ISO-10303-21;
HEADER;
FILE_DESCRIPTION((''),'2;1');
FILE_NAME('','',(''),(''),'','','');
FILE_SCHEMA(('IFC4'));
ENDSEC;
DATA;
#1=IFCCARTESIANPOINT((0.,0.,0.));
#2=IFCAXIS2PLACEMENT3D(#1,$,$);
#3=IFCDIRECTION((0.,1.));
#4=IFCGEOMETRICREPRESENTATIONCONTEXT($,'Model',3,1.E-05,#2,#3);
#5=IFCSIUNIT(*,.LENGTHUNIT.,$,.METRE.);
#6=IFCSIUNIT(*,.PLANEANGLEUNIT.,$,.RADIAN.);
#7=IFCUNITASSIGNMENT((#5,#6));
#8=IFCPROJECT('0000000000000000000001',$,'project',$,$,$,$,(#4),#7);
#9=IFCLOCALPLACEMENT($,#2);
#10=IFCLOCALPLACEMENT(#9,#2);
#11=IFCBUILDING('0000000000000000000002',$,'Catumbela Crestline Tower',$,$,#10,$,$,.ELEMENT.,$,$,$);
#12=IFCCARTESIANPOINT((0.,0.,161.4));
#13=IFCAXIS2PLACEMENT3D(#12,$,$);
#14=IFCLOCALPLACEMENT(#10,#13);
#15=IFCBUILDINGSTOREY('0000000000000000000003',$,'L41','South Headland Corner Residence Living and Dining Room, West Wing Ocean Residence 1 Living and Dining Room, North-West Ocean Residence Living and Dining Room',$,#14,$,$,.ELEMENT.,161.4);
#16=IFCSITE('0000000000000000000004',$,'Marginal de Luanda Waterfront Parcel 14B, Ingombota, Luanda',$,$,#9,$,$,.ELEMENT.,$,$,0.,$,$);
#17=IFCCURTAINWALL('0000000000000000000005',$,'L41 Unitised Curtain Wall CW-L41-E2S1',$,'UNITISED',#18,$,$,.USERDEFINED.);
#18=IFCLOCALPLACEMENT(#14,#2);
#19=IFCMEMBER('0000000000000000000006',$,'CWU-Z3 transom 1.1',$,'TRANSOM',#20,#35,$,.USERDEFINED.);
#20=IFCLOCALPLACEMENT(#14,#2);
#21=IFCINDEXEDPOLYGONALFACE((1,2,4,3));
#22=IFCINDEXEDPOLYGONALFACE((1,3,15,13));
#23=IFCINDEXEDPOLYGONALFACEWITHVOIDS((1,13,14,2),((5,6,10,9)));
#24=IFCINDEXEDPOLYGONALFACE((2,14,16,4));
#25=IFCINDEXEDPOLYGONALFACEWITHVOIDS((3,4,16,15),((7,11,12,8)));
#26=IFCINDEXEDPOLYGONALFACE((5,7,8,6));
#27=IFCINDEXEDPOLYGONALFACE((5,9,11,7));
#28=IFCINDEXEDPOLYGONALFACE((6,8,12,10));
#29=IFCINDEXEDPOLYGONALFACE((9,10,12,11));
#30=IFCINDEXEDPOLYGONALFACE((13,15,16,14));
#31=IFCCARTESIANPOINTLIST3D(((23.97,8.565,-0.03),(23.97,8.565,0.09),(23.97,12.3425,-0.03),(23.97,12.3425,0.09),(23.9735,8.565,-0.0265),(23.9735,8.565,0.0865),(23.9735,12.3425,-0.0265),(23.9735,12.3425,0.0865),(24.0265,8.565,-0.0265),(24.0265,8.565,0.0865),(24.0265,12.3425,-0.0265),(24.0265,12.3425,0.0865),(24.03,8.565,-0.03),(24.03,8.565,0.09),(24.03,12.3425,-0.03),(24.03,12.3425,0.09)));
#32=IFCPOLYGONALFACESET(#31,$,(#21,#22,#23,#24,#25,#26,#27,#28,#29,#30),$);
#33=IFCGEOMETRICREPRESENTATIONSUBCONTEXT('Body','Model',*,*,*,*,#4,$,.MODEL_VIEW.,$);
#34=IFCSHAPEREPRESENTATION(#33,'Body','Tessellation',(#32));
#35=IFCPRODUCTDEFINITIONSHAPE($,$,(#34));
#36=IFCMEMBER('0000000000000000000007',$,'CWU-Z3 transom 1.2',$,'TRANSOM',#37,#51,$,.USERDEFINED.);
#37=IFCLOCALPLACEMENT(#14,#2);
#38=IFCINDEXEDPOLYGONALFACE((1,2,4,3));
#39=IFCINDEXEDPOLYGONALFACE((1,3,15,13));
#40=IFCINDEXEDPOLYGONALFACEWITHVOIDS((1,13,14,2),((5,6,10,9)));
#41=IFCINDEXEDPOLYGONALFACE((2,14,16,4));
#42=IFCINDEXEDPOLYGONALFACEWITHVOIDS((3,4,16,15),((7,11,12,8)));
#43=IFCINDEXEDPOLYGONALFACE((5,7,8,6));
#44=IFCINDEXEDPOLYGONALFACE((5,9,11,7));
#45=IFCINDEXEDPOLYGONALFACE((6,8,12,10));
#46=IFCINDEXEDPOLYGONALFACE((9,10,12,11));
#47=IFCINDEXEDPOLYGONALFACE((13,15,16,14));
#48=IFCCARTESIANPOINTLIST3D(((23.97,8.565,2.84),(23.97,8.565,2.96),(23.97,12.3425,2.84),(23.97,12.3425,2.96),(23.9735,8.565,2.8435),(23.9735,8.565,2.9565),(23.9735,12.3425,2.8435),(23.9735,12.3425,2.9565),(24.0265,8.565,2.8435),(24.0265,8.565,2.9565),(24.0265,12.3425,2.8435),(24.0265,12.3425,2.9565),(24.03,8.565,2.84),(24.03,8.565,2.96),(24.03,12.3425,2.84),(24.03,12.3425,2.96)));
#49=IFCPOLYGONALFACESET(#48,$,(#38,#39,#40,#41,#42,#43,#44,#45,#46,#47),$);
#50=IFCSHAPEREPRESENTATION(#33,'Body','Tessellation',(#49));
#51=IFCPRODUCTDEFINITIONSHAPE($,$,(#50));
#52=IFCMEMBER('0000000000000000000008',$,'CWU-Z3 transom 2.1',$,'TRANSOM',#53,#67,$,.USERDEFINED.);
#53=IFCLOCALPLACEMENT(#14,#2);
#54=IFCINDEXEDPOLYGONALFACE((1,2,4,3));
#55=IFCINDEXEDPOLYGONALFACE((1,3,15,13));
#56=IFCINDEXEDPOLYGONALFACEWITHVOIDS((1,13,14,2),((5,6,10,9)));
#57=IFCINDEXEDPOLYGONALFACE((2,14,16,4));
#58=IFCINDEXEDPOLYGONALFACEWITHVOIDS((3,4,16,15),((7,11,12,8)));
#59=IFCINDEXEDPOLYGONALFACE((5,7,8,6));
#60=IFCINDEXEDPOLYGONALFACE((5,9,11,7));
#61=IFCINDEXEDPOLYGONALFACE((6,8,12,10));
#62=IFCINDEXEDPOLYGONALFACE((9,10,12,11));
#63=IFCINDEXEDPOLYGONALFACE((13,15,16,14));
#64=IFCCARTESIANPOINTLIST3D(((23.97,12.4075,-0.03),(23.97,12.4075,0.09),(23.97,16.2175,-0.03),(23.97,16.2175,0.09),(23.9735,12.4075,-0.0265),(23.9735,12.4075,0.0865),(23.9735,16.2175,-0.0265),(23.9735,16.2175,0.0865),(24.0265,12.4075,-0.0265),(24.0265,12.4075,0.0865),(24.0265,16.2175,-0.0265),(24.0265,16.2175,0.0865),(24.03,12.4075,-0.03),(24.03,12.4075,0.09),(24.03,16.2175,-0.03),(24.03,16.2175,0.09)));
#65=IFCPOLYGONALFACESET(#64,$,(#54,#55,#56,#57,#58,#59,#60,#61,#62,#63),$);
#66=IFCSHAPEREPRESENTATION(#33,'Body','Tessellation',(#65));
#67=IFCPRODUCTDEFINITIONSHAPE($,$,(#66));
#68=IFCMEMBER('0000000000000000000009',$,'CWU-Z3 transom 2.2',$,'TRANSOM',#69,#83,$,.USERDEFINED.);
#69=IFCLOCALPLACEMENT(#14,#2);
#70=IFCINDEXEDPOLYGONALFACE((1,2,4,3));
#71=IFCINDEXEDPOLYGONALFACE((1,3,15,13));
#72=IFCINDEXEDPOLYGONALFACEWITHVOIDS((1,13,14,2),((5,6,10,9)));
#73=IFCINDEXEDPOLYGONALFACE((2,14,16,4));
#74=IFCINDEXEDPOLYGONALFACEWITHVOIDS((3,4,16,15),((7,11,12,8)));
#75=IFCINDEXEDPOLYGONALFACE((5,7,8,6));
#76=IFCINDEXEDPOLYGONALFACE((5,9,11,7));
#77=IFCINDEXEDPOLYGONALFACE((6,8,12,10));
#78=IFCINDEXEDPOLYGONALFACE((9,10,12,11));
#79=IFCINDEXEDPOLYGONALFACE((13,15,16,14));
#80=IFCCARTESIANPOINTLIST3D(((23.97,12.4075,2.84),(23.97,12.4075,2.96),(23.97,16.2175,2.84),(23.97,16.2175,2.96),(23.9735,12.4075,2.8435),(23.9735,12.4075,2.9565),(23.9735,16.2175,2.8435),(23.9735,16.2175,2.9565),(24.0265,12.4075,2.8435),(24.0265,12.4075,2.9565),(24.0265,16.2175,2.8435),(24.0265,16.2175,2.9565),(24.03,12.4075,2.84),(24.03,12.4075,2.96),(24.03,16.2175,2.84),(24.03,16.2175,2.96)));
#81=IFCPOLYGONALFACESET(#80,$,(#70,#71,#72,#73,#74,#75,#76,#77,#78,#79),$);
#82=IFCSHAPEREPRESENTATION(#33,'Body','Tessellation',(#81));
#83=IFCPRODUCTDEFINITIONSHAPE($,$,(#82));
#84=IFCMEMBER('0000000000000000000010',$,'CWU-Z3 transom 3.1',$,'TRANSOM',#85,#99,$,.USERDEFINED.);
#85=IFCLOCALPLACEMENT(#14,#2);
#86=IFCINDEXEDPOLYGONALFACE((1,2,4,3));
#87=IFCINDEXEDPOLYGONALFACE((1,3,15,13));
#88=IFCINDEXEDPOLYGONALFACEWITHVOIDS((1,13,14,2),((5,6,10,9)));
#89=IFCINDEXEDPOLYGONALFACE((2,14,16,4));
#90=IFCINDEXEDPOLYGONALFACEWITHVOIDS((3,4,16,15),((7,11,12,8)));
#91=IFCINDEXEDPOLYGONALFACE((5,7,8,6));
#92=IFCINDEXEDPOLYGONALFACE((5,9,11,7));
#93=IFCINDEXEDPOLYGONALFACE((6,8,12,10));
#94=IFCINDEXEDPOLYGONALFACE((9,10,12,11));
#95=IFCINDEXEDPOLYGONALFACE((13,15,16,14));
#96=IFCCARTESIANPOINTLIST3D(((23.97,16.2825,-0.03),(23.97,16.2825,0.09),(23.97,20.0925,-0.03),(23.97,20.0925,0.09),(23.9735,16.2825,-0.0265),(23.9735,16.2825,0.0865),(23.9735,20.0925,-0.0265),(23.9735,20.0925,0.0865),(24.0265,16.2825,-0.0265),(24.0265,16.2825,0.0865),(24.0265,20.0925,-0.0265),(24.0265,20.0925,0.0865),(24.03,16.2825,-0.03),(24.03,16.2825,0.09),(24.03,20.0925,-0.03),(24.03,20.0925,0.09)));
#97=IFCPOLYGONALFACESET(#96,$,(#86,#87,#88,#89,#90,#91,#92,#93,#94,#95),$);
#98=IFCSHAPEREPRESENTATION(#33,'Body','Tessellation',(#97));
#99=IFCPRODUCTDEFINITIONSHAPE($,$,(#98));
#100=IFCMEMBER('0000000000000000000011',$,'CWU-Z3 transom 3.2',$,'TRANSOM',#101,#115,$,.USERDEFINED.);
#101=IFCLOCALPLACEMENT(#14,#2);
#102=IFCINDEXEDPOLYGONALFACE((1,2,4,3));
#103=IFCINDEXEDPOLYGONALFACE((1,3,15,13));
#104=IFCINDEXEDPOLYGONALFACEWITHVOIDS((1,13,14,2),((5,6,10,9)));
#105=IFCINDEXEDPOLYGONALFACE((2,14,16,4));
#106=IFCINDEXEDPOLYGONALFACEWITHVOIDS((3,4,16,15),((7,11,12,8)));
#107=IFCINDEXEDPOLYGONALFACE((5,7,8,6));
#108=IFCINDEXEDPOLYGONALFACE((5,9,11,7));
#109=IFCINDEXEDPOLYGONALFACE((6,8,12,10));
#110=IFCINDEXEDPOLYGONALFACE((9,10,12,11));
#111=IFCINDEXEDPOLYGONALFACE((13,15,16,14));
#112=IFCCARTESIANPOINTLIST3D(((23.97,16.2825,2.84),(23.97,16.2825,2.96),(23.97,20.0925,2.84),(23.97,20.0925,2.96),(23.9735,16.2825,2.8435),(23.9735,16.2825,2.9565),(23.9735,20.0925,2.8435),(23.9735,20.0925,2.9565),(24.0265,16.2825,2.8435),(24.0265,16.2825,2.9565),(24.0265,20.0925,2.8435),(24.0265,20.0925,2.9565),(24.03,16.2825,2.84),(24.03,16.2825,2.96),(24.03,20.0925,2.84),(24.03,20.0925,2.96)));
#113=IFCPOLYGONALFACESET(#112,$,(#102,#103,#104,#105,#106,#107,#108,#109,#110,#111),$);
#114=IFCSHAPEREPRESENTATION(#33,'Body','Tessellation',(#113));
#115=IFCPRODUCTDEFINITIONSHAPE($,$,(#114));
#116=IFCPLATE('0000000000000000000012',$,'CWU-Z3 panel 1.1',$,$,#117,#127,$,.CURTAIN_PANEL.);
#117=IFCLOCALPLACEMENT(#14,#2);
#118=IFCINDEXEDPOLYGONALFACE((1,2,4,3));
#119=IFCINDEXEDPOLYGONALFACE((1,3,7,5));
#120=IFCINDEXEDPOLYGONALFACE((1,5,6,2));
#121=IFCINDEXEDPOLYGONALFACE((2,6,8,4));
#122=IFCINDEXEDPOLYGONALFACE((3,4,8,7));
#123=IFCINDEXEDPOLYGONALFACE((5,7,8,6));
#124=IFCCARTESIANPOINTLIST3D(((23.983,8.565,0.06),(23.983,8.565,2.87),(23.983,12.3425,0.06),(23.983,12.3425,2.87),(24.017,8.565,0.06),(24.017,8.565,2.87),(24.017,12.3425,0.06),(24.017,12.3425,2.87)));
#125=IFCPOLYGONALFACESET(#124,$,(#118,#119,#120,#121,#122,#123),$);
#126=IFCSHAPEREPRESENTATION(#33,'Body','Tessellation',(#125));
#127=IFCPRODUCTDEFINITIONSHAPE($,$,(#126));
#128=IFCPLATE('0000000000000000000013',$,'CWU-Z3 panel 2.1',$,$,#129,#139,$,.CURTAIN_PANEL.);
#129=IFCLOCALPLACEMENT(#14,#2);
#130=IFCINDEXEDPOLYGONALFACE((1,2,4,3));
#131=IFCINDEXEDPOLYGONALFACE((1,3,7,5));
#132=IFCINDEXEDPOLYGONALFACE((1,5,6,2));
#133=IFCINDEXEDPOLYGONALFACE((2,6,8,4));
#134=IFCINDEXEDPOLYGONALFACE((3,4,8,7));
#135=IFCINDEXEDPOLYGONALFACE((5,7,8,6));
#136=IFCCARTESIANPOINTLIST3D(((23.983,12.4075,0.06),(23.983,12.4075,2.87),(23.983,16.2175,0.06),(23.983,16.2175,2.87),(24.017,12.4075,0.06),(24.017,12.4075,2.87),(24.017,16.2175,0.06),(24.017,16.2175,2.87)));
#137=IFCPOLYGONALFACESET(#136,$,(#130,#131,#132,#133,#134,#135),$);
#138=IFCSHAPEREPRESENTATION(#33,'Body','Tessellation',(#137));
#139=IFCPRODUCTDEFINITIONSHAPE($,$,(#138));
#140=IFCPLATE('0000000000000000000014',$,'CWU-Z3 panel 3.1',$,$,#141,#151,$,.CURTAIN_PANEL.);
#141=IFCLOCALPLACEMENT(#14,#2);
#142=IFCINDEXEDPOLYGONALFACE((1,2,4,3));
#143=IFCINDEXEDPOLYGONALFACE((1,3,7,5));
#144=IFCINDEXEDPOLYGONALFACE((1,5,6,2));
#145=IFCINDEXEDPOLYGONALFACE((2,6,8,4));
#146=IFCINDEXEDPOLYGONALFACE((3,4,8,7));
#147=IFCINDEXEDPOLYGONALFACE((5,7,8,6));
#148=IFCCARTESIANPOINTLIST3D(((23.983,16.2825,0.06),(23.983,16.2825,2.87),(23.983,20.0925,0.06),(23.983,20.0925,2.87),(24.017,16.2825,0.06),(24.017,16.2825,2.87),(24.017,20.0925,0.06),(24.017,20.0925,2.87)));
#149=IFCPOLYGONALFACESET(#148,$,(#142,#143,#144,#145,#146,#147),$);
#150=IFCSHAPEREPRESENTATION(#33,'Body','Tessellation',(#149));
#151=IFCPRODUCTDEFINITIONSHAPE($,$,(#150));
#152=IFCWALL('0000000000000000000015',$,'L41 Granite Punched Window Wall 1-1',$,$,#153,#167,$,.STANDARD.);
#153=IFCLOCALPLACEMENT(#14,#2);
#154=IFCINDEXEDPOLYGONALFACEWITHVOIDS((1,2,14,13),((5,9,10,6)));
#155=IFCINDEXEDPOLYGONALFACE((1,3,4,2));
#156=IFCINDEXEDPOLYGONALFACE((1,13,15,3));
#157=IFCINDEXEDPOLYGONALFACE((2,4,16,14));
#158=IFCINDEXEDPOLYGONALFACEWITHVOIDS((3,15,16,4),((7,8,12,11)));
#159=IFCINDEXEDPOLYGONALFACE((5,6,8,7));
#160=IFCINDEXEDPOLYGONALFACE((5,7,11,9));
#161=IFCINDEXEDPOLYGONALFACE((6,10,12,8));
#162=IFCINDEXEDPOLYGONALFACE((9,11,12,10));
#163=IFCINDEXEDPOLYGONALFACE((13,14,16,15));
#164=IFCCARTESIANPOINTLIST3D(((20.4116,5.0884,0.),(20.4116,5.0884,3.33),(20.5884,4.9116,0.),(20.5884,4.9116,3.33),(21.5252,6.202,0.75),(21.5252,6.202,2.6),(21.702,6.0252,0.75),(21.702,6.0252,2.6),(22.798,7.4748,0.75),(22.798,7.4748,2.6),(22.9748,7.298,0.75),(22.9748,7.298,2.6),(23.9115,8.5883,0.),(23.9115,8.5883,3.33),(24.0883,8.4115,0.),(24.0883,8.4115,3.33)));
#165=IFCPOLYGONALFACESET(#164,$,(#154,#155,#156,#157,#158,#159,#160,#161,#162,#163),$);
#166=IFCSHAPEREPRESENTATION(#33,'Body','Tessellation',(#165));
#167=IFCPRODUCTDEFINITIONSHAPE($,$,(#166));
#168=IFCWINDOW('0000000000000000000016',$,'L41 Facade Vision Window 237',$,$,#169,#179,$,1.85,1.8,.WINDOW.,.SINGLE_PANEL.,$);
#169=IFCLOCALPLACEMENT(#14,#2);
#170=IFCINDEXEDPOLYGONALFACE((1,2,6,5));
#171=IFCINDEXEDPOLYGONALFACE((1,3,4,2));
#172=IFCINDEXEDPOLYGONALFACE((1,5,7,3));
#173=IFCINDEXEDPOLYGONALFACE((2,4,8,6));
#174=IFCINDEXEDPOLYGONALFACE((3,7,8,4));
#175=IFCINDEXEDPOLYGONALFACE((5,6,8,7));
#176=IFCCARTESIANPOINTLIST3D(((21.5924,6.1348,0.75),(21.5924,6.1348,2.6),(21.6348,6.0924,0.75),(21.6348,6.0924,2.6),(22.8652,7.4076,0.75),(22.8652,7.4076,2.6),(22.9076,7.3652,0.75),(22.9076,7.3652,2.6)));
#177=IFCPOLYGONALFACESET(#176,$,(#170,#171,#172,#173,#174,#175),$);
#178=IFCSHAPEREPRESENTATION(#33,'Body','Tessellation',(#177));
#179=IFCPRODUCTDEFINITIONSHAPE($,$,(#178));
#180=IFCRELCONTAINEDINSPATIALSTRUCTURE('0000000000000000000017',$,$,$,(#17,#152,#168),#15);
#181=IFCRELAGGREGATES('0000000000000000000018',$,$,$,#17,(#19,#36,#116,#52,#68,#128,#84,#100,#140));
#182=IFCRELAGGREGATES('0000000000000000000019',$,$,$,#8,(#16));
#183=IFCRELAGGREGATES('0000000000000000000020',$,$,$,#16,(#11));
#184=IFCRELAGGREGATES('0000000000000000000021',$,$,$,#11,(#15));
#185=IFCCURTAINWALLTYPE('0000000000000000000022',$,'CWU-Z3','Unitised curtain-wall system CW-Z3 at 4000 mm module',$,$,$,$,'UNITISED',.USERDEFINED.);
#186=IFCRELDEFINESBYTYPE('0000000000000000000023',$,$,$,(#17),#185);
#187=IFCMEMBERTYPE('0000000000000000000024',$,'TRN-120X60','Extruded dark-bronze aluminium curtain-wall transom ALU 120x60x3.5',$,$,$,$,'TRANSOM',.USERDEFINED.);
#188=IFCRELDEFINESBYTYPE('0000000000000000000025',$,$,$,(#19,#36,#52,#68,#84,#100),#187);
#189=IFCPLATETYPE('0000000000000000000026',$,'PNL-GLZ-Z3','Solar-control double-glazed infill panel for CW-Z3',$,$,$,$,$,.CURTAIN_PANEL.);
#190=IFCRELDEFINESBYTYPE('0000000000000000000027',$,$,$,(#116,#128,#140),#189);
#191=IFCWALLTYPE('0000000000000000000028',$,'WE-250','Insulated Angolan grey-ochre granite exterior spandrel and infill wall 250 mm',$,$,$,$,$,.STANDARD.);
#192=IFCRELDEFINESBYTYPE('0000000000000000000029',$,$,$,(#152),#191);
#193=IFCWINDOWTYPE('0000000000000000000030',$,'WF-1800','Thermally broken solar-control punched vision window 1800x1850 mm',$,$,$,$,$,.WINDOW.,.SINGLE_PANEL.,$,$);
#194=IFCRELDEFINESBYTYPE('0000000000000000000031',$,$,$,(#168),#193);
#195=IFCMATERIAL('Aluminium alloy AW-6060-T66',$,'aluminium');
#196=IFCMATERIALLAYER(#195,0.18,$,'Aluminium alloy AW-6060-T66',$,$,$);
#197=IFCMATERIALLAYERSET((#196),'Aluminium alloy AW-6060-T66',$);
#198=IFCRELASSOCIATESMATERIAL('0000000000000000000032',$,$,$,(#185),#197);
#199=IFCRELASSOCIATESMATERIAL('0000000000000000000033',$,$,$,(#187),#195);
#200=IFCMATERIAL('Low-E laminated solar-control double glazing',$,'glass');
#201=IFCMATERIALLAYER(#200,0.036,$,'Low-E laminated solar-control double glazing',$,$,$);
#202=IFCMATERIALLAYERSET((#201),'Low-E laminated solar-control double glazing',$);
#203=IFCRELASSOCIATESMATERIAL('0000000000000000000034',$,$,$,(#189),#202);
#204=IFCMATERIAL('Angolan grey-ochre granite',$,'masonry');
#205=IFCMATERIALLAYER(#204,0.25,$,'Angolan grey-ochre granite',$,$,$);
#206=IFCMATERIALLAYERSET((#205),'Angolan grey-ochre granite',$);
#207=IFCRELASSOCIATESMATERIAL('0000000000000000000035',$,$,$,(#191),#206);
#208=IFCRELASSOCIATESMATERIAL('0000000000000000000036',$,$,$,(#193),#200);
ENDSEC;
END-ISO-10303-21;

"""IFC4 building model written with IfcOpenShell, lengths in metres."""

from ifc_helpers import new_model, si_unit, direction, frame, frame_2d, origin, origin_2d, place, context, subcontext, project, spatial, rectangle, hollow_rectangle, extrude, material, layer, layer_set, material_profile, profile_set, type_object, element, fill, aggregate, save


model = new_model("IFC4")

# Units and contexts
model_context = context("Model", 3, precision=1e-05, world=origin(), true_north=direction((0.0, 1.0)))
body_context = subcontext(model_context, "Body", "Model", "MODEL_VIEW")
ifc_project = project(units=[si_unit("LENGTHUNIT", "METRE"), si_unit("PLANEANGLEUNIT", "RADIAN")], contexts=[model_context])

# Site, building, storey
site_placement = place(None, origin())
site = spatial("IfcSite", under=ifc_project, at=site_placement, Name="Marginal de Luanda Waterfront Parcel 14B, Ingombota, Luanda", CompositionType="ELEMENT", RefElevation=0.0)
building_placement = place(site_placement, origin())
building = spatial("IfcBuilding", under=site, at=building_placement, Name="Catumbela Crestline Tower", CompositionType="ELEMENT")
storey_placement = place(building_placement, frame((0.0, 0.0, 161.4)))
storey = spatial("IfcBuildingStorey", under=building, at=storey_placement, Name="L41", Description="South Headland Corner Residence Living and Dining Room, West Wing Ocean Residence 1 Living and Dining Room, North-West Ocean Residence Living and Dining Room", CompositionType="ELEMENT", Elevation=161.4)

# Curtain wall
ifc_material_1 = material(Name="Aluminium alloy AW-6060-T66", Category="aluminium")
ifc_layer_1 = layer(ifc_material_1, 0.18, Name="Aluminium alloy AW-6060-T66")
ifc_layer_set_1 = layer_set([ifc_layer_1], Name="Aluminium alloy AW-6060-T66")
curtain_wall_type = type_object("IfcCurtainWallType", Name="CWU-Z3", Description="Unitised curtain-wall system CW-Z3 at 4000 mm module", ElementType="UNITISED", PredefinedType="USERDEFINED", material=ifc_layer_set_1)
curtain_wall_placement = place(storey_placement, origin())
curtain_wall = element("IfcCurtainWall", 1, at=curtain_wall_placement, inside=storey, type_object=curtain_wall_type, Name="L41 Unitised Curtain Wall CW-L41-E2S1", ObjectType="UNITISED", PredefinedType="USERDEFINED")

# Members
ifc_material_profile_1 = material_profile(ifc_material_1, hollow_rectangle(XDim=0.06, YDim=0.12, WallThickness=0.0035, at=origin_2d()), Name="ALU 120x60x3.5")
ifc_profile_set_1 = profile_set([ifc_material_profile_1], Name="Aluminium alloy AW-6060-T66")
member_type_1 = type_object("IfcMemberType", Name="TRN-120X60", Description="Extruded dark-bronze aluminium curtain-wall transom ALU 120x60x3.5", ElementType="TRANSOM", PredefinedType="USERDEFINED", material=ifc_profile_set_1)
member_1_placement = place(storey_placement, frame((24.0, 8.565, 0.03), z_axis=(0.0, 1.0, 0.0), x_axis=(-1.0, 0.0, 0.0)))
member_1 = element("IfcMember", 2, at=member_1_placement, type_object=member_type_1, Name="CWU-Z3 transom 1.1", ObjectType="TRANSOM", PredefinedType="USERDEFINED", context=body_context, shape_type="SweptSolid", body=[
    extrude(hollow_rectangle(XDim=0.06, YDim=0.12, WallThickness=0.0035, at=origin_2d()), origin(), (0.0, 0.0, 1.0), 3.7775),
])
member_2_placement = place(storey_placement, frame((24.0, 8.565, 2.9), z_axis=(0.0, 1.0, 0.0), x_axis=(-1.0, 0.0, 0.0)))
member_2 = element("IfcMember", 3, at=member_2_placement, type_object=member_type_1, Name="CWU-Z3 transom 1.2", ObjectType="TRANSOM", PredefinedType="USERDEFINED", context=body_context, shape_type="SweptSolid", body=[
    extrude(hollow_rectangle(XDim=0.06, YDim=0.12, WallThickness=0.0035, at=origin_2d()), origin(), (0.0, 0.0, 1.0), 3.7775),
])
member_3_placement = place(storey_placement, frame((24.0, 12.4075, 0.03), z_axis=(0.0, 1.0, 0.0), x_axis=(-1.0, 0.0, 0.0)))
member_3 = element("IfcMember", 4, at=member_3_placement, type_object=member_type_1, Name="CWU-Z3 transom 2.1", ObjectType="TRANSOM", PredefinedType="USERDEFINED", context=body_context, shape_type="SweptSolid", body=[
    extrude(hollow_rectangle(XDim=0.06, YDim=0.12, WallThickness=0.0035, at=origin_2d()), origin(), (0.0, 0.0, 1.0), 3.81),
])
member_4_placement = place(storey_placement, frame((24.0, 12.4075, 2.9), z_axis=(0.0, 1.0, 0.0), x_axis=(-1.0, 0.0, 0.0)))
member_4 = element("IfcMember", 5, at=member_4_placement, type_object=member_type_1, Name="CWU-Z3 transom 2.2", ObjectType="TRANSOM", PredefinedType="USERDEFINED", context=body_context, shape_type="SweptSolid", body=[
    extrude(hollow_rectangle(XDim=0.06, YDim=0.12, WallThickness=0.0035, at=origin_2d()), origin(), (0.0, 0.0, 1.0), 3.81),
])
member_5_placement = place(storey_placement, frame((24.0, 16.2825, 0.03), z_axis=(0.0, 1.0, 0.0), x_axis=(-1.0, 0.0, 0.0)))
member_5 = element("IfcMember", 6, at=member_5_placement, type_object=member_type_1, Name="CWU-Z3 transom 3.1", ObjectType="TRANSOM", PredefinedType="USERDEFINED", context=body_context, shape_type="SweptSolid", body=[
    extrude(hollow_rectangle(XDim=0.06, YDim=0.12, WallThickness=0.0035, at=origin_2d()), origin(), (0.0, 0.0, 1.0), 3.81),
])
member_6_placement = place(storey_placement, frame((24.0, 16.2825, 2.9), z_axis=(0.0, 1.0, 0.0), x_axis=(-1.0, 0.0, 0.0)))
member_6 = element("IfcMember", 7, at=member_6_placement, type_object=member_type_1, Name="CWU-Z3 transom 3.2", ObjectType="TRANSOM", PredefinedType="USERDEFINED", context=body_context, shape_type="SweptSolid", body=[
    extrude(hollow_rectangle(XDim=0.06, YDim=0.12, WallThickness=0.0035, at=origin_2d()), origin(), (0.0, 0.0, 1.0), 3.81),
])

# Plates
ifc_material_2 = material(Name="Low-E laminated solar-control double glazing", Category="glass")
ifc_layer_2 = layer(ifc_material_2, 0.036, Name="Low-E laminated solar-control double glazing")
ifc_layer_set_2 = layer_set([ifc_layer_2], Name="Low-E laminated solar-control double glazing")
plate_type = type_object("IfcPlateType", Name="PNL-GLZ-Z3", Description="Solar-control double-glazed infill panel for CW-Z3", PredefinedType="CURTAIN_PANEL", material=ifc_layer_set_2)
plate_1_placement = place(storey_placement, frame((24.0, 10.4538, 0.06), z_axis=(0.0, 0.0, 1.0), x_axis=(0.0, 1.0, 0.0)))
plate_1 = element("IfcPlate", 8, at=plate_1_placement, type_object=plate_type, Name="CWU-Z3 panel 1.1", PredefinedType="CURTAIN_PANEL", context=body_context, shape_type="SweptSolid", body=[
    extrude(rectangle(XDim=3.7775, YDim=0.034, at=origin_2d()), origin(), (0.0, 0.0, 1.0), 2.81),
])
plate_2_placement = place(storey_placement, frame((24.0, 14.3125, 0.06), z_axis=(0.0, 0.0, 1.0), x_axis=(0.0, 1.0, 0.0)))
plate_2 = element("IfcPlate", 9, at=plate_2_placement, type_object=plate_type, Name="CWU-Z3 panel 2.1", PredefinedType="CURTAIN_PANEL", context=body_context, shape_type="SweptSolid", body=[
    extrude(rectangle(XDim=3.81, YDim=0.034, at=origin_2d()), origin(), (0.0, 0.0, 1.0), 2.81),
])
plate_3_placement = place(storey_placement, frame((24.0, 18.1875, 0.06), z_axis=(0.0, 0.0, 1.0), x_axis=(0.0, 1.0, 0.0)))
plate_3 = element("IfcPlate", 10, at=plate_3_placement, type_object=plate_type, Name="CWU-Z3 panel 3.1", PredefinedType="CURTAIN_PANEL", context=body_context, shape_type="SweptSolid", body=[
    extrude(rectangle(XDim=3.81, YDim=0.034, at=origin_2d()), origin(), (0.0, 0.0, 1.0), 2.81),
])
aggregate(curtain_wall, [member_1, member_2, plate_1, member_3, member_4, plate_2, member_5, member_6, plate_3])

# Wall, opening, window
ifc_material_3 = material(Name="Angolan grey-ochre granite", Category="masonry")
ifc_layer_3 = layer(ifc_material_3, 0.25, Name="Angolan grey-ochre granite")
ifc_layer_set_3 = layer_set([ifc_layer_3], Name="Angolan grey-ochre granite")
wall_type = type_object("IfcWallType", Name="WE-250", Description="Insulated Angolan grey-ochre granite exterior spandrel and infill wall 250 mm", PredefinedType="STANDARD", material=ifc_layer_set_3)
wall_placement = place(storey_placement, frame((20.5, 5.0, 0.0), z_axis=(0.0, 0.0, 1.0), x_axis=(0.707107, 0.707107, 0.0)))
wall = element("IfcWall", 11, at=wall_placement, inside=storey, type_object=wall_type, Name="L41 Granite Punched Window Wall 1-1", PredefinedType="STANDARD", context=body_context, shape_type="SweptSolid", body=[
    extrude(rectangle(XDim=4.9497, YDim=0.25, at=frame_2d((2.4748, 0.0))), origin(), (0.0, 0.0, 1.0), 3.33),
])
opening_placement = place(wall_placement, frame((1.5749, 0.0, 0.75)))
opening = element("IfcOpeningElement", 12, at=opening_placement, cuts=wall, PredefinedType="OPENING", context=body_context, shape_type="SweptSolid", body=[
    extrude(rectangle(XDim=1.8, YDim=1.85, at=frame_2d((0.9, 0.925))), frame((0.0, 0.135, 0.0), z_axis=(0.0, -1.0, 0.0), x_axis=(1.0, 0.0, 0.0)), (0.0, 0.0, 1.0), 0.27),
])
window_type = type_object("IfcWindowType", Name="WF-1800", Description="Thermally broken solar-control punched vision window 1800x1850 mm", PartitioningType="SINGLE_PANEL", PredefinedType="WINDOW", material=ifc_material_2)
window_placement = place(opening_placement, origin())
window = element("IfcWindow", 13, at=window_placement, inside=storey, type_object=window_type, Name="L41 Facade Vision Window 237", OverallHeight=1.85, OverallWidth=1.8, PartitioningType="SINGLE_PANEL", PredefinedType="WINDOW", context=body_context, shape_type="SweptSolid", body=[
    extrude(rectangle(XDim=1.8, YDim=1.85, at=frame_2d((0.9, 0.925))), frame((0.0, 0.03, 0.0), z_axis=(0.0, -1.0, 0.0), x_axis=(1.0, 0.0, 0.0)), (0.0, 0.0, 1.0), 0.06),
])
fill(opening, window)

save(model, "model.ifc")
